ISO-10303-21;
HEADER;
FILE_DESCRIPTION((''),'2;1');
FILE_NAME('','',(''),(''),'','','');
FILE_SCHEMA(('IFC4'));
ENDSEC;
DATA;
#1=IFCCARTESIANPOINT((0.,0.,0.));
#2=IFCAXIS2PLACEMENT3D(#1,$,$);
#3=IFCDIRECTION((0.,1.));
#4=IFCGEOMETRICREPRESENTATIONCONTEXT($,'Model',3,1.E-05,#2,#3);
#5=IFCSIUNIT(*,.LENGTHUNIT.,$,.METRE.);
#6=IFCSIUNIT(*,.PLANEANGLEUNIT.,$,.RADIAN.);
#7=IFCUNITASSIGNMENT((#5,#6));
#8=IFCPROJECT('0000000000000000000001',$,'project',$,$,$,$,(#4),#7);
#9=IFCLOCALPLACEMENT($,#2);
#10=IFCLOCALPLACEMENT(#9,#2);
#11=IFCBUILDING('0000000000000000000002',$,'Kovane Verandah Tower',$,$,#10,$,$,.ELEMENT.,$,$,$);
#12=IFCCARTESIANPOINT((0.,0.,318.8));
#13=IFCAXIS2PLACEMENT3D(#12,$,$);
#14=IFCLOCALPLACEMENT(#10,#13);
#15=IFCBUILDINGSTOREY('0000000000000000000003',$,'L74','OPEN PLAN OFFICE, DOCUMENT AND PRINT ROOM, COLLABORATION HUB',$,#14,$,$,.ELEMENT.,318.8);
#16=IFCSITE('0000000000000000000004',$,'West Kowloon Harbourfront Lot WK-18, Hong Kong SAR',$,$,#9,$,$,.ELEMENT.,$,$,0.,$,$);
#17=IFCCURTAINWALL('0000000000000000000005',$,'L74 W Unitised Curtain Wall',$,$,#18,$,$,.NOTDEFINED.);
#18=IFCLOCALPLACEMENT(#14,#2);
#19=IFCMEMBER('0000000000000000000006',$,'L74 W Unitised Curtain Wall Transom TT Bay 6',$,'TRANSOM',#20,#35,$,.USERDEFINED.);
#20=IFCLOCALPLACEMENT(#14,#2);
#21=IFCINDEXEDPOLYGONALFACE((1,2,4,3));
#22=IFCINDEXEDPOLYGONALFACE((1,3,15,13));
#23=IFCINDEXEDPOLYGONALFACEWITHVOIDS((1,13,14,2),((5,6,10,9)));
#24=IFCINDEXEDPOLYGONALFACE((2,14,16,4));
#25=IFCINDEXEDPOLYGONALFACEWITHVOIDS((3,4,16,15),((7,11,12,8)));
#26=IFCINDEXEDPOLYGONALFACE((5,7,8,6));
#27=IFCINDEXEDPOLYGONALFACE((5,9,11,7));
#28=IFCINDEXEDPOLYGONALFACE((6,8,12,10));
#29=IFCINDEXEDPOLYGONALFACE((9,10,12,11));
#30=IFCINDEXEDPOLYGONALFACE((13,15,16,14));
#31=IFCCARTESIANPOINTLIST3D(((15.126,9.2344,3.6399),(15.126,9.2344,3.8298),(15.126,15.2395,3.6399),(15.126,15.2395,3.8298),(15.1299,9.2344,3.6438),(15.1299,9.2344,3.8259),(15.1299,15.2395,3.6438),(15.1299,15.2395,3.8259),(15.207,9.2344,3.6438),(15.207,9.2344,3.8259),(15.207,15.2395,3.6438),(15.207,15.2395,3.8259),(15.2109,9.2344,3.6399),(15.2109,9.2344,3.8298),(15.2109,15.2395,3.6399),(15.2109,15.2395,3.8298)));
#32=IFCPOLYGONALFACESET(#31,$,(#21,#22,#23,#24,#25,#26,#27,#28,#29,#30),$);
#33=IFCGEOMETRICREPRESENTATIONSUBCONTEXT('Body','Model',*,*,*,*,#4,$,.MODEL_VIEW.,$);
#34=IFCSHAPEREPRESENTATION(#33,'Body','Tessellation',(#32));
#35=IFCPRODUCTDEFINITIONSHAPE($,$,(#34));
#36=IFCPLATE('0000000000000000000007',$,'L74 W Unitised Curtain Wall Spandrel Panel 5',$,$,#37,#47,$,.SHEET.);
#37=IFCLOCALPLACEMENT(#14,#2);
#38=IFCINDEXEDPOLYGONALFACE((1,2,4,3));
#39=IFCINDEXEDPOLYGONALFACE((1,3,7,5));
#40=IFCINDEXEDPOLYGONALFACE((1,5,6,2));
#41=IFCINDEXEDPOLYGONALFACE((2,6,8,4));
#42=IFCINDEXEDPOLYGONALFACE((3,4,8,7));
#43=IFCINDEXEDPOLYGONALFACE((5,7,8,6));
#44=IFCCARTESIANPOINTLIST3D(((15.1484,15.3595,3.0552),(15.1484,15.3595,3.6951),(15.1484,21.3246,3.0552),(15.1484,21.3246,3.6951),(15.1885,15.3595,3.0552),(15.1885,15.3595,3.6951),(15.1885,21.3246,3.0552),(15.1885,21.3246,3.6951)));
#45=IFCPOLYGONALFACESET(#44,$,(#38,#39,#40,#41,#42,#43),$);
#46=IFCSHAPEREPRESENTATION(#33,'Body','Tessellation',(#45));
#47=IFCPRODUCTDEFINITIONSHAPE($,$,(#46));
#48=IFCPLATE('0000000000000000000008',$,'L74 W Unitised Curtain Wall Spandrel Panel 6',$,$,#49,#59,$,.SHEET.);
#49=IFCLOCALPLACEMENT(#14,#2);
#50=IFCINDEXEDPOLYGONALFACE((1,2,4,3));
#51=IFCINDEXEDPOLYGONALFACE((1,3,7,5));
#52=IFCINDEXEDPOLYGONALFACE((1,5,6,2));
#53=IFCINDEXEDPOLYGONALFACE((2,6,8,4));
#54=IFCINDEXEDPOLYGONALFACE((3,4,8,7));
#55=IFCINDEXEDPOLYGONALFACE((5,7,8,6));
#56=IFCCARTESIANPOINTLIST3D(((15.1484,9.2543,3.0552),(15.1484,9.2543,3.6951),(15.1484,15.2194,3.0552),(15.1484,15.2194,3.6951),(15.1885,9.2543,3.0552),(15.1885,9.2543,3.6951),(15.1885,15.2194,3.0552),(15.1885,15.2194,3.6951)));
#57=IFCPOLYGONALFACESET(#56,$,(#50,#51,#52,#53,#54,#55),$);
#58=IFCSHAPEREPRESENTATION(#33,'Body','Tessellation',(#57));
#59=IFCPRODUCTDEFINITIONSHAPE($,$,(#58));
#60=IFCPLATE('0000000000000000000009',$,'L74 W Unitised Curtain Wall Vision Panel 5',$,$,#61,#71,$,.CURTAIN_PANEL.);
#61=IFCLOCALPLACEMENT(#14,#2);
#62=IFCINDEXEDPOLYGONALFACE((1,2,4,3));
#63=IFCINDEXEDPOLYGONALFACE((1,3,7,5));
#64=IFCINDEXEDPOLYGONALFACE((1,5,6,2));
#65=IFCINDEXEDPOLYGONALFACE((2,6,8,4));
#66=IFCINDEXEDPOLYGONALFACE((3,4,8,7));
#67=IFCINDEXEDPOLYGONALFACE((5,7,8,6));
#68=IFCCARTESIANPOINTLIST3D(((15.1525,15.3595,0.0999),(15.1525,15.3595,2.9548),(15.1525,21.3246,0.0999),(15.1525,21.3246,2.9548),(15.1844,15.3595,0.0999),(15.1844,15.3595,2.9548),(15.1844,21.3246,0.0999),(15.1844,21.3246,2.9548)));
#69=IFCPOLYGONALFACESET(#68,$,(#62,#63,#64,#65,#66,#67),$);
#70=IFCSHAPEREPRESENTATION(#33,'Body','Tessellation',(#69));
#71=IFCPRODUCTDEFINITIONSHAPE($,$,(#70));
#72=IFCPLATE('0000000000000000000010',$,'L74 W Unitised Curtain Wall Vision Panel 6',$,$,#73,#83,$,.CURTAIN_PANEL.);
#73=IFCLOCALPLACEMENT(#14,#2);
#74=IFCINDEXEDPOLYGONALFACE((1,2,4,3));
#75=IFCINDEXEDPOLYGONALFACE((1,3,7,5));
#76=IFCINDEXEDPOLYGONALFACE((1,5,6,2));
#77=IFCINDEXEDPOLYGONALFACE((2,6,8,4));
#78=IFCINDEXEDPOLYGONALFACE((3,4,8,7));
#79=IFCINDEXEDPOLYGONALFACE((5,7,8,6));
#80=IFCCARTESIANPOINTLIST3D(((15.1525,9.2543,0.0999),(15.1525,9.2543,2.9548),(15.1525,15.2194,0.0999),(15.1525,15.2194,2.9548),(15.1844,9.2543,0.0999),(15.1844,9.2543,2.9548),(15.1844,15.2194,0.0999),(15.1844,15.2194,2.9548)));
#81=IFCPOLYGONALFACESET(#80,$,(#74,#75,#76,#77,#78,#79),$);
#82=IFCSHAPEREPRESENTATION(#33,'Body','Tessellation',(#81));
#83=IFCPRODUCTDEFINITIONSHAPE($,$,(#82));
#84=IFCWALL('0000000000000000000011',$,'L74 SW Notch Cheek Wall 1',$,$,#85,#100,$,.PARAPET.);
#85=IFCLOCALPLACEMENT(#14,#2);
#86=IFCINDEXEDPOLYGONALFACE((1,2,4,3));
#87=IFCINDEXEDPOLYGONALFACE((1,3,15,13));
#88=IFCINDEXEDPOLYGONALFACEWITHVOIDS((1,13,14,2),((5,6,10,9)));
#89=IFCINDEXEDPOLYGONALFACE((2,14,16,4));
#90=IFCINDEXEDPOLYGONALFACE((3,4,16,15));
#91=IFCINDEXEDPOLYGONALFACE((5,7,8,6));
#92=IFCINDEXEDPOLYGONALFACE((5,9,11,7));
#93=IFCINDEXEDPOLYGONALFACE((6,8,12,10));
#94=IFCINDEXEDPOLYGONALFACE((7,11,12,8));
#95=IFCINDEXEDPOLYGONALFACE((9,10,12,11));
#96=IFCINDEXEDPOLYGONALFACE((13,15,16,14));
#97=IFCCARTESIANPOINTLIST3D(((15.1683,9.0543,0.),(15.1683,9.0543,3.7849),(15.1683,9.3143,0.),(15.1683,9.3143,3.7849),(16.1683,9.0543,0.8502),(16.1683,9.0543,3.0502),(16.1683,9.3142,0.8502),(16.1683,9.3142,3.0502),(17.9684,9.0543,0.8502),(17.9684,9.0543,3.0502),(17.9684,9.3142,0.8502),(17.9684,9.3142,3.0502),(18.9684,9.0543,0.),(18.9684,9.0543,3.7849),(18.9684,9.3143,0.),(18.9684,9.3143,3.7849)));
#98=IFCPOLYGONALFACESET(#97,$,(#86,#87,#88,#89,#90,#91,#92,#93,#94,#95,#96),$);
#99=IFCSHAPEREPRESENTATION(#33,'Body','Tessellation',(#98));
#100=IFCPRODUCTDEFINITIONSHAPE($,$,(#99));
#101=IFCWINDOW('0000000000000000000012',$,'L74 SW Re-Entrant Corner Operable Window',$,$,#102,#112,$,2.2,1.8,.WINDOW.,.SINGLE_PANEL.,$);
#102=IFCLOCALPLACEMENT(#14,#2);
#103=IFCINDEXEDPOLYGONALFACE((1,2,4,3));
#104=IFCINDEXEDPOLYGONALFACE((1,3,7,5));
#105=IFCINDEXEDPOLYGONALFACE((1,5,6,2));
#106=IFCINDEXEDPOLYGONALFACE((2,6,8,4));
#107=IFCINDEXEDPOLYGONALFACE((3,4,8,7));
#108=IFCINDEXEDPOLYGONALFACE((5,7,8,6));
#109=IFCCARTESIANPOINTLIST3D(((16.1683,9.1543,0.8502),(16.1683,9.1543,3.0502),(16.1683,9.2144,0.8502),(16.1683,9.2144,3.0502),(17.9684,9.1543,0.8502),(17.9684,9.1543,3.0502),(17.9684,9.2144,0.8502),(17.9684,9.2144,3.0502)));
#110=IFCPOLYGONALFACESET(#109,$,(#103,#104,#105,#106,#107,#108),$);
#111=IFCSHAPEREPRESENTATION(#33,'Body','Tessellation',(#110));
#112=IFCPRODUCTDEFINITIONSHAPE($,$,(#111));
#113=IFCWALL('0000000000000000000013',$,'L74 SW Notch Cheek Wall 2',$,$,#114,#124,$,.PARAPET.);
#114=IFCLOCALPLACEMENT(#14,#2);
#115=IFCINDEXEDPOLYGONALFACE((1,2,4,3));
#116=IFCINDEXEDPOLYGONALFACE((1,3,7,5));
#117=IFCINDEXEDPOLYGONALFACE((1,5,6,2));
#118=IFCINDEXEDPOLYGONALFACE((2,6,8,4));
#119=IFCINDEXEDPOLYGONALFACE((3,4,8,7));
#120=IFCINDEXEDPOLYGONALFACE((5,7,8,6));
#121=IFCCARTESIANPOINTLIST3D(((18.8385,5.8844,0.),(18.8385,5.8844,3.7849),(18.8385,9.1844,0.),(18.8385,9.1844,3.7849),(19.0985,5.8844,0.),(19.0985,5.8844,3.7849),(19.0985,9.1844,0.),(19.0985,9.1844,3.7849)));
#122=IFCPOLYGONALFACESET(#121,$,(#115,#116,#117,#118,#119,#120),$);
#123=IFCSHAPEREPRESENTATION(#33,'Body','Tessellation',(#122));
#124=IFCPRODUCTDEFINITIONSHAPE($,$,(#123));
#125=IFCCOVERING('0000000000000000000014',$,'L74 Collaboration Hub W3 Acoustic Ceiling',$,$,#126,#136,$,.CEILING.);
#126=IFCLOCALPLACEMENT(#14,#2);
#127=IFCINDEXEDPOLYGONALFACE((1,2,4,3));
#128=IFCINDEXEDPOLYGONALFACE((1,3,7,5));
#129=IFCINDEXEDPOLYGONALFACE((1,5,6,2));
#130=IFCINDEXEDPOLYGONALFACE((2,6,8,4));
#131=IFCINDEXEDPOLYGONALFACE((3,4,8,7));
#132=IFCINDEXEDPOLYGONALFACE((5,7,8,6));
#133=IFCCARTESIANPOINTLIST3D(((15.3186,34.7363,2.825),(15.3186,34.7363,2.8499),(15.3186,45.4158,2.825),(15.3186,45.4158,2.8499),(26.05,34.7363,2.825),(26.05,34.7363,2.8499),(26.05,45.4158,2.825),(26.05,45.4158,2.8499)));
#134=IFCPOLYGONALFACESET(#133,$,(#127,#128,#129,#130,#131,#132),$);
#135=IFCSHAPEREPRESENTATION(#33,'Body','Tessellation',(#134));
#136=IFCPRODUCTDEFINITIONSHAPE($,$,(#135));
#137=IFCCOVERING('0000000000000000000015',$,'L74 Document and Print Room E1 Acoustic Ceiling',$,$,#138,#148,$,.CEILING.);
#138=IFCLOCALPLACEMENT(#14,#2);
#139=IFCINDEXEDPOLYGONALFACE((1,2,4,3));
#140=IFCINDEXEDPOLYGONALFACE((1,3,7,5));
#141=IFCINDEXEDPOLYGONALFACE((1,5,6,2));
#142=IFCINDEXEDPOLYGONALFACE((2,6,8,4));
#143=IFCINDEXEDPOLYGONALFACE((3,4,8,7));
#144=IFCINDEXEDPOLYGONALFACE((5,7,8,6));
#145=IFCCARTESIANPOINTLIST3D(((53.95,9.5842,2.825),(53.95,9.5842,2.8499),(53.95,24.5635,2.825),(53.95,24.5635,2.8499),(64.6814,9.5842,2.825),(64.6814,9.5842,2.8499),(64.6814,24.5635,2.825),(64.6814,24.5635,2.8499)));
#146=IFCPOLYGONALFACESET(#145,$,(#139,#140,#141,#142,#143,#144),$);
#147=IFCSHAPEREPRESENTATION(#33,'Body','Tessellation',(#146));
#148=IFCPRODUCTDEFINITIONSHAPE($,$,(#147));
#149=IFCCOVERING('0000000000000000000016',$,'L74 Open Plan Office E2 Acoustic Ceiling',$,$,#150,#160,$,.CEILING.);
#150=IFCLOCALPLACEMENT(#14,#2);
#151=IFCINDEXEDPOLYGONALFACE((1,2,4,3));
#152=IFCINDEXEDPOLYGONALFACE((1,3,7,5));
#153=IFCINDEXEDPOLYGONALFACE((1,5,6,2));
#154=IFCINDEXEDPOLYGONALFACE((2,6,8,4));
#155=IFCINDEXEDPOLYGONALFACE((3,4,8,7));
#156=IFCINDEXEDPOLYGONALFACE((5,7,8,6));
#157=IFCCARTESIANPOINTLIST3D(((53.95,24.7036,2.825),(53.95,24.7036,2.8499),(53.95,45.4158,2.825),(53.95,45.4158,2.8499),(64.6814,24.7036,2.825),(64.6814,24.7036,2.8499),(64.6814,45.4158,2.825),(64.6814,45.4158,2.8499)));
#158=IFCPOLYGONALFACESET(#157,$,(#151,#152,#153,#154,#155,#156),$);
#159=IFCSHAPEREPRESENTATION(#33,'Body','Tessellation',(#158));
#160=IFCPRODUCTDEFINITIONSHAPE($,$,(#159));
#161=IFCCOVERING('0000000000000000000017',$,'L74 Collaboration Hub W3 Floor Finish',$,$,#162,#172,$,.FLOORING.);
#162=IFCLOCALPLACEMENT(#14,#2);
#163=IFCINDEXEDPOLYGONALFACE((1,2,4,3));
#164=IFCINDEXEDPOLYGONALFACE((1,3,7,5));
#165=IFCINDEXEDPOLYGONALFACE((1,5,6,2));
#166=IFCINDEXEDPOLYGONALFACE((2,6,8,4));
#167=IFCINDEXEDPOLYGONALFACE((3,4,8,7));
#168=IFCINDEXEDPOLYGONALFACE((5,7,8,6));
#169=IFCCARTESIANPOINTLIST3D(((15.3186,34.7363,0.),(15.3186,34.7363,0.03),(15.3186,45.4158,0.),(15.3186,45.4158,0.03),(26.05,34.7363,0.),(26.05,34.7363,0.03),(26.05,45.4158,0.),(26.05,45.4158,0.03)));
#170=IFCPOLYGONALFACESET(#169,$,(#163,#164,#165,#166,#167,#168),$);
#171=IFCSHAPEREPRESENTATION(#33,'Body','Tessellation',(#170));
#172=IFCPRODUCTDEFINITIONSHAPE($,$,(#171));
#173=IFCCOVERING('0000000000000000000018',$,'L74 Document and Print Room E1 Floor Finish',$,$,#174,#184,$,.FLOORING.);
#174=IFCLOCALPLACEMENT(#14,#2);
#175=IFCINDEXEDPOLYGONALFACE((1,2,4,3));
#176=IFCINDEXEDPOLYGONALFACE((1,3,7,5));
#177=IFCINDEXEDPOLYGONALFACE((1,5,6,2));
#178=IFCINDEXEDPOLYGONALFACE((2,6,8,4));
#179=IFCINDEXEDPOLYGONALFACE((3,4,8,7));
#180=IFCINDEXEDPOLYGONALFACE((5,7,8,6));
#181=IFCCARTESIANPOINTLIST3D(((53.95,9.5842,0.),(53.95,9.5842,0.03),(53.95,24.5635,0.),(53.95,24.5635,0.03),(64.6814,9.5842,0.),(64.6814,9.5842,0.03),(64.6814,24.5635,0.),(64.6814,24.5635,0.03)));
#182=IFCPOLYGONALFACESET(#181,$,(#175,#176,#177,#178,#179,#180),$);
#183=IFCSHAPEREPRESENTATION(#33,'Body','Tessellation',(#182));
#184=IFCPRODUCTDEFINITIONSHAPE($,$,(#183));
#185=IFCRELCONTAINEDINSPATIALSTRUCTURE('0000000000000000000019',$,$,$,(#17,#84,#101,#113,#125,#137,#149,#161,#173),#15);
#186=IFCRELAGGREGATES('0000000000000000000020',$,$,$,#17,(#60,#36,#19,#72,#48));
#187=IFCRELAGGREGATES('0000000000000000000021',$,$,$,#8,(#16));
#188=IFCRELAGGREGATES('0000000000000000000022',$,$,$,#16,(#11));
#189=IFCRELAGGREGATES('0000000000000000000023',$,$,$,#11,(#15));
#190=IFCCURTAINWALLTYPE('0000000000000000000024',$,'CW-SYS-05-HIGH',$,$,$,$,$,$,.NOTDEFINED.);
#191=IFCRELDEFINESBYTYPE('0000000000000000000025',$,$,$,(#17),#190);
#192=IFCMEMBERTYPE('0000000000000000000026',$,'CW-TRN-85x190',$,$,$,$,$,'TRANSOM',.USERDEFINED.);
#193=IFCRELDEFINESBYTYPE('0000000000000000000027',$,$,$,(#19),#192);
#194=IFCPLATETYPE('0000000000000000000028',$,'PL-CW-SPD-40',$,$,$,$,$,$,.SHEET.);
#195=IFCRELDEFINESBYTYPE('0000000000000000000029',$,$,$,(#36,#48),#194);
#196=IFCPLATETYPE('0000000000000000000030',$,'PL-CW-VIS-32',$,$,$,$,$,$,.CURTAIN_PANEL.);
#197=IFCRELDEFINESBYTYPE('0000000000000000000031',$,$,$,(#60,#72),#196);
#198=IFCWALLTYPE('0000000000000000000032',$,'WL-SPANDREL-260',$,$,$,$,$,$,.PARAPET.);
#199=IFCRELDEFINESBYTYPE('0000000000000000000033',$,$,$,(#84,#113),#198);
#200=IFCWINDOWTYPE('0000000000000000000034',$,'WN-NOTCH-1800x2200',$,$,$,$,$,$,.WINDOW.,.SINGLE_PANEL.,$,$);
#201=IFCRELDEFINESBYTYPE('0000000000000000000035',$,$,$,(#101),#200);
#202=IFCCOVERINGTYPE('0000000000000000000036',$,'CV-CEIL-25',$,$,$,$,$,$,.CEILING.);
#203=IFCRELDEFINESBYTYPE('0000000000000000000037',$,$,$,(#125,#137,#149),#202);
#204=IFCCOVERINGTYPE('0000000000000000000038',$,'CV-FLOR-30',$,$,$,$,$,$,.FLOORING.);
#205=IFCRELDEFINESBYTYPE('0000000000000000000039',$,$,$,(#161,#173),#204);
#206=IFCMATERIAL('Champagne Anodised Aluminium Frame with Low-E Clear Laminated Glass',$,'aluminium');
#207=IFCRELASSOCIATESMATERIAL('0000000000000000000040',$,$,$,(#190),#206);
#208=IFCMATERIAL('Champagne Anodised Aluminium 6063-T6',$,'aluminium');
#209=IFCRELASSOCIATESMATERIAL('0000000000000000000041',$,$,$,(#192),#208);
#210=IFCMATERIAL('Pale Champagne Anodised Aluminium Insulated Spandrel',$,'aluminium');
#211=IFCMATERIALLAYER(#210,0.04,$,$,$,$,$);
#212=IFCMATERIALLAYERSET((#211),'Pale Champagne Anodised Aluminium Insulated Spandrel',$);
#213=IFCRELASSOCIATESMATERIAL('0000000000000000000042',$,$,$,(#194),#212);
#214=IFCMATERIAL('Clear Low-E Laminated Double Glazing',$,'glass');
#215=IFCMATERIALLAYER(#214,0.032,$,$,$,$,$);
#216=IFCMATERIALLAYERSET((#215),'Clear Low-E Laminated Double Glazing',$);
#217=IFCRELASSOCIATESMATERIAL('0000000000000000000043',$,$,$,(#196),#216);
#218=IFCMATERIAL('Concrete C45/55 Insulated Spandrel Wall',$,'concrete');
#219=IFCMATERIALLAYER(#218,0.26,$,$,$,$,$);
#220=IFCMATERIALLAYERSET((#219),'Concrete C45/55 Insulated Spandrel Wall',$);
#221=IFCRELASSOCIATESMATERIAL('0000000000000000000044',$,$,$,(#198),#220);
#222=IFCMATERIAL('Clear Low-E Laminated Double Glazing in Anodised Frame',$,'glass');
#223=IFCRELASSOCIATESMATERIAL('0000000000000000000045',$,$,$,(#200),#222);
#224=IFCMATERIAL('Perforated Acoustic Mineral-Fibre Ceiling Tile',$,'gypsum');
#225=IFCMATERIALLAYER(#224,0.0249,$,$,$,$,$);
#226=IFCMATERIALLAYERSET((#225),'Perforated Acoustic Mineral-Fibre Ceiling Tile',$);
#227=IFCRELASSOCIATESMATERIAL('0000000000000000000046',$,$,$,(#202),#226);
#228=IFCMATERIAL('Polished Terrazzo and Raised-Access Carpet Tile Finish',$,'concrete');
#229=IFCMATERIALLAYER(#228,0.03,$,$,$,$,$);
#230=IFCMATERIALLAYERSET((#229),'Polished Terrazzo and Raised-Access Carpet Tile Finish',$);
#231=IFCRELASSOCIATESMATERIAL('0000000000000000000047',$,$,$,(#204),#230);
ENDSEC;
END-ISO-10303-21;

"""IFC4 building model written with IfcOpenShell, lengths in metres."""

from ifc_helpers import new_model, si_unit, direction, frame, frame_2d, origin, origin_2d, place, context, subcontext, project, spatial, polyline, rectangle, hollow_rectangle, outline, extrude, material, layer, layer_set, material_profile, profile_set, type_object, element, fill, aggregate, save


model = new_model("IFC4")

# Units and contexts
model_context = context("Model", 3, precision=1e-05, world=origin(), true_north=direction((0.0, 1.0)))
body_context = subcontext(model_context, "Body", "Model", "MODEL_VIEW")
ifc_project = project(units=[si_unit("LENGTHUNIT", "METRE"), si_unit("PLANEANGLEUNIT", "RADIAN")], contexts=[model_context])

# Site, building, storey
site_placement = place(None, origin())
site = spatial("IfcSite", under=ifc_project, at=site_placement, Name="West Kowloon Harbourfront Lot WK-18, Hong Kong SAR", CompositionType="ELEMENT", RefElevation=0.0)
building_placement = place(site_placement, origin())
building = spatial("IfcBuilding", under=site, at=building_placement, Name="Kovane Verandah Tower", CompositionType="ELEMENT")
storey_placement = place(building_placement, frame((0.0, 0.0, 318.8)))
storey = spatial("IfcBuildingStorey", under=building, at=storey_placement, Name="L74", Description="OPEN PLAN OFFICE, DOCUMENT AND PRINT ROOM, COLLABORATION HUB", CompositionType="ELEMENT", Elevation=318.8)

# Curtain wall, member, plates
ifc_material_1 = material(Name="Champagne Anodised Aluminium Frame with Low-E Clear Laminated Glass", Category="aluminium")
curtain_wall_type = type_object("IfcCurtainWallType", Name="CW-SYS-05-HIGH", PredefinedType="NOTDEFINED", material=ifc_material_1)
curtain_wall_placement = place(storey_placement, origin())
curtain_wall = element("IfcCurtainWall", 1, at=curtain_wall_placement, inside=storey, type_object=curtain_wall_type, Name="L74 W Unitised Curtain Wall", PredefinedType="NOTDEFINED")
ifc_material_2 = material(Name="Champagne Anodised Aluminium 6063-T6", Category="aluminium")
ifc_material_profile_1 = material_profile(ifc_material_2, hollow_rectangle(XDim=0.085, YDim=0.1899, WallThickness=0.0039, at=origin_2d()), Name="AL85x190x4")
ifc_profile_set_1 = profile_set([ifc_material_profile_1], Name="Champagne Anodised Aluminium 6063-T6")
member_type_1 = type_object("IfcMemberType", Name="CW-TRN-85x190", ElementType="TRANSOM", PredefinedType="USERDEFINED", material=ifc_profile_set_1)
member_1_placement = place(storey_placement, frame((15.1685, 15.2395, 3.7349), z_axis=(0.0, -1.0, 0.0), x_axis=(1.0, 0.0, 0.0)))
member_1 = element("IfcMember", 2, at=member_1_placement, type_object=member_type_1, Name="L74 W Unitised Curtain Wall Transom TT Bay 6", ObjectType="TRANSOM", PredefinedType="USERDEFINED", context=body_context, shape_type="SweptSolid", body=[
    extrude(hollow_rectangle(XDim=0.085, YDim=0.1899, WallThickness=0.0039, at=origin_2d()), origin(), (0.0, 0.0, 1.0), 6.0051),
])
ifc_material_3 = material(Name="Pale Champagne Anodised Aluminium Insulated Spandrel", Category="aluminium")
ifc_layer_1 = layer(ifc_material_3, 0.04)
ifc_layer_set_1 = layer_set([ifc_layer_1], Name="Pale Champagne Anodised Aluminium Insulated Spandrel")
plate_type_1 = type_object("IfcPlateType", Name="PL-CW-SPD-40", PredefinedType="SHEET", material=ifc_layer_set_1)
plate_1_placement = place(storey_placement, frame((15.1685, 18.342, 3.0552), z_axis=(0.0, 0.0, 1.0), x_axis=(0.0, -1.0, 0.0)))
plate_1 = element("IfcPlate", 3, at=plate_1_placement, type_object=plate_type_1, Name="L74 W Unitised Curtain Wall Spandrel Panel 5", PredefinedType="SHEET", context=body_context, shape_type="SweptSolid", body=[
    extrude(rectangle(XDim=5.9651, YDim=0.04, at=origin_2d()), origin(), (0.0, 0.0, 1.0), 0.6399),
])
plate_2_placement = place(storey_placement, frame((15.1685, 12.2368, 3.0552), z_axis=(0.0, 0.0, 1.0), x_axis=(0.0, -1.0, 0.0)))
plate_2 = element("IfcPlate", 4, at=plate_2_placement, type_object=plate_type_1, Name="L74 W Unitised Curtain Wall Spandrel Panel 6", PredefinedType="SHEET", context=body_context, shape_type="SweptSolid", body=[
    extrude(rectangle(XDim=5.9651, YDim=0.04, at=origin_2d()), origin(), (0.0, 0.0, 1.0), 0.6399),
])
ifc_material_4 = material(Name="Clear Low-E Laminated Double Glazing", Category="glass")
ifc_layer_2 = layer(ifc_material_4, 0.032)
ifc_layer_set_2 = layer_set([ifc_layer_2], Name="Clear Low-E Laminated Double Glazing")
plate_type_2 = type_object("IfcPlateType", Name="PL-CW-VIS-32", PredefinedType="CURTAIN_PANEL", material=ifc_layer_set_2)
plate_3_placement = place(storey_placement, frame((15.1685, 18.342, 0.0999), z_axis=(0.0, 0.0, 1.0), x_axis=(0.0, -1.0, 0.0)))
plate_3 = element("IfcPlate", 5, at=plate_3_placement, type_object=plate_type_2, Name="L74 W Unitised Curtain Wall Vision Panel 5", PredefinedType="CURTAIN_PANEL", context=body_context, shape_type="SweptSolid", body=[
    extrude(rectangle(XDim=5.9651, YDim=0.032, at=origin_2d()), origin(), (0.0, 0.0, 1.0), 2.855),
])
plate_4_placement = place(storey_placement, frame((15.1685, 12.2368, 0.0999), z_axis=(0.0, 0.0, 1.0), x_axis=(0.0, -1.0, 0.0)))
plate_4 = element("IfcPlate", 6, at=plate_4_placement, type_object=plate_type_2, Name="L74 W Unitised Curtain Wall Vision Panel 6", PredefinedType="CURTAIN_PANEL", context=body_context, shape_type="SweptSolid", body=[
    extrude(rectangle(XDim=5.9651, YDim=0.032, at=origin_2d()), origin(), (0.0, 0.0, 1.0), 2.855),
])
aggregate(curtain_wall, [plate_3, plate_1, member_1, plate_4, plate_2])

# Shared definitions
ifc_material_5 = material(Name="Concrete C45/55 Insulated Spandrel Wall", Category="concrete")
ifc_layer_3 = layer(ifc_material_5, 0.26)
ifc_layer_set_3 = layer_set([ifc_layer_3], Name="Concrete C45/55 Insulated Spandrel Wall")
wall_type = type_object("IfcWallType", Name="WL-SPANDREL-260", PredefinedType="PARAPET", material=ifc_layer_set_3)
ifc_material_6 = material(Name="Clear Low-E Laminated Double Glazing in Anodised Frame", Category="glass")

# Wall, opening, window
wall_1_placement = place(storey_placement, frame((15.1685, 9.1843, 0.0), z_axis=(0.0, 0.0, 1.0), x_axis=(1.0, 0.0, 0.0)))
wall_1 = element("IfcWall", 7, at=wall_1_placement, inside=storey, type_object=wall_type, Name="L74 SW Notch Cheek Wall 1", PredefinedType="PARAPET", context=body_context, shape_type="SweptSolid", body=[
    extrude(rectangle(XDim=3.8, YDim=0.26, at=frame_2d((1.8999, 0.0))), origin(), (0.0, 0.0, 1.0), 3.7849),
])
opening_1_placement = place(wall_1_placement, frame((1.0, 0.0, 0.8501)))
opening_1 = element("IfcOpeningElement", 8, at=opening_1_placement, cuts=wall_1, PredefinedType="OPENING", context=body_context, shape_type="SweptSolid", body=[
    extrude(rectangle(XDim=1.8, YDim=2.2, at=frame_2d((0.8999, 1.1001))), frame((0.0, 0.1299, 0.0), z_axis=(0.0, -1.0, 0.0), x_axis=(1.0, 0.0, 0.0)), (0.0, 0.0, 1.0), 0.26),
])
window_type_1 = type_object("IfcWindowType", Name="WN-NOTCH-1800x2200", PartitioningType="SINGLE_PANEL", PredefinedType="WINDOW", material=ifc_material_6)
window_1_placement = place(opening_1_placement, origin())
window_1 = element("IfcWindow", 9, at=window_1_placement, inside=storey, type_object=window_type_1, Name="L74 SW Re-Entrant Corner Operable Window", OverallHeight=2.2, OverallWidth=1.8, PartitioningType="SINGLE_PANEL", PredefinedType="WINDOW", context=body_context, shape_type="SweptSolid", body=[
    extrude(rectangle(XDim=1.8, YDim=2.2, at=frame_2d((0.8999, 1.1001))), frame((0.0, 0.03, 0.0), z_axis=(0.0, -1.0, 0.0), x_axis=(1.0, 0.0, 0.0)), (0.0, 0.0, 1.0), 0.0601),
])
fill(opening_1, window_1)

# Wall
wall_2_placement = place(storey_placement, frame((18.9685, 9.1843, 0.0), z_axis=(0.0, 0.0, 1.0), x_axis=(0.0, -1.0, 0.0)))
element("IfcWall", 10, at=wall_2_placement, inside=storey, type_object=wall_type, Name="L74 SW Notch Cheek Wall 2", PredefinedType="PARAPET", context=body_context, shape_type="SweptSolid", body=[
    extrude(rectangle(XDim=3.3, YDim=0.26, at=frame_2d((1.6499, 0.0))), origin(), (0.0, 0.0, 1.0), 3.7849),
])

# Coverings
ifc_material_7 = material(Name="Perforated Acoustic Mineral-Fibre Ceiling Tile", Category="gypsum")
ifc_layer_4 = layer(ifc_material_7, 0.0249)
ifc_layer_set_4 = layer_set([ifc_layer_4], Name="Perforated Acoustic Mineral-Fibre Ceiling Tile")
covering_type_1 = type_object("IfcCoveringType", Name="CV-CEIL-25", PredefinedType="CEILING", material=ifc_layer_set_4)
covering_1_placement = place(storey_placement, frame((0.0, 0.0, 2.825)))
element("IfcCovering", 11, at=covering_1_placement, inside=storey, type_object=covering_type_1, Name="L74 Collaboration Hub W3 Acoustic Ceiling", PredefinedType="CEILING", context=body_context, shape_type="SweptSolid", body=[
    extrude(outline(polyline([(15.3186, 34.7363), (26.05, 34.7363), (26.05, 45.4158), (15.3186, 45.4158), (15.3186, 34.7363)])), origin(), (0.0, 0.0, 1.0), 0.0249),
])
covering_2_placement = place(storey_placement, frame((0.0, 0.0, 2.825)))
element("IfcCovering", 12, at=covering_2_placement, inside=storey, type_object=covering_type_1, Name="L74 Document and Print Room E1 Acoustic Ceiling", PredefinedType="CEILING", context=body_context, shape_type="SweptSolid", body=[
    extrude(outline(polyline([(53.95, 9.5842), (64.6814, 9.5842), (64.6814, 24.5635), (53.95, 24.5635), (53.95, 9.5842)])), origin(), (0.0, 0.0, 1.0), 0.0249),
])
covering_3_placement = place(storey_placement, frame((0.0, 0.0, 2.825)))
element("IfcCovering", 13, at=covering_3_placement, inside=storey, type_object=covering_type_1, Name="L74 Open Plan Office E2 Acoustic Ceiling", PredefinedType="CEILING", context=body_context, shape_type="SweptSolid", body=[
    extrude(outline(polyline([(53.95, 24.7036), (64.6814, 24.7036), (64.6814, 45.4158), (53.95, 45.4158), (53.95, 24.7036)])), origin(), (0.0, 0.0, 1.0), 0.0249),
])
ifc_material_8 = material(Name="Polished Terrazzo and Raised-Access Carpet Tile Finish", Category="concrete")
ifc_layer_5 = layer(ifc_material_8, 0.03)
ifc_layer_set_5 = layer_set([ifc_layer_5], Name="Polished Terrazzo and Raised-Access Carpet Tile Finish")
covering_type_2 = type_object("IfcCoveringType", Name="CV-FLOR-30", PredefinedType="FLOORING", material=ifc_layer_set_5)
covering_4_placement = place(storey_placement, origin())
element("IfcCovering", 14, at=covering_4_placement, inside=storey, type_object=covering_type_2, Name="L74 Collaboration Hub W3 Floor Finish", PredefinedType="FLOORING", context=body_context, shape_type="SweptSolid", body=[
    extrude(outline(polyline([(15.3186, 34.7363), (26.05, 34.7363), (26.05, 45.4158), (15.3186, 45.4158), (15.3186, 34.7363)])), origin(), (0.0, 0.0, 1.0), 0.03),
])
covering_5_placement = place(storey_placement, origin())
element("IfcCovering", 15, at=covering_5_placement, inside=storey, type_object=covering_type_2, Name="L74 Document and Print Room E1 Floor Finish", PredefinedType="FLOORING", context=body_context, shape_type="SweptSolid", body=[
    extrude(outline(polyline([(53.95, 9.5842), (64.6814, 9.5842), (64.6814, 24.5635), (53.95, 24.5635), (53.95, 9.5842)])), origin(), (0.0, 0.0, 1.0), 0.03),
])

save(model, "model.ifc")
